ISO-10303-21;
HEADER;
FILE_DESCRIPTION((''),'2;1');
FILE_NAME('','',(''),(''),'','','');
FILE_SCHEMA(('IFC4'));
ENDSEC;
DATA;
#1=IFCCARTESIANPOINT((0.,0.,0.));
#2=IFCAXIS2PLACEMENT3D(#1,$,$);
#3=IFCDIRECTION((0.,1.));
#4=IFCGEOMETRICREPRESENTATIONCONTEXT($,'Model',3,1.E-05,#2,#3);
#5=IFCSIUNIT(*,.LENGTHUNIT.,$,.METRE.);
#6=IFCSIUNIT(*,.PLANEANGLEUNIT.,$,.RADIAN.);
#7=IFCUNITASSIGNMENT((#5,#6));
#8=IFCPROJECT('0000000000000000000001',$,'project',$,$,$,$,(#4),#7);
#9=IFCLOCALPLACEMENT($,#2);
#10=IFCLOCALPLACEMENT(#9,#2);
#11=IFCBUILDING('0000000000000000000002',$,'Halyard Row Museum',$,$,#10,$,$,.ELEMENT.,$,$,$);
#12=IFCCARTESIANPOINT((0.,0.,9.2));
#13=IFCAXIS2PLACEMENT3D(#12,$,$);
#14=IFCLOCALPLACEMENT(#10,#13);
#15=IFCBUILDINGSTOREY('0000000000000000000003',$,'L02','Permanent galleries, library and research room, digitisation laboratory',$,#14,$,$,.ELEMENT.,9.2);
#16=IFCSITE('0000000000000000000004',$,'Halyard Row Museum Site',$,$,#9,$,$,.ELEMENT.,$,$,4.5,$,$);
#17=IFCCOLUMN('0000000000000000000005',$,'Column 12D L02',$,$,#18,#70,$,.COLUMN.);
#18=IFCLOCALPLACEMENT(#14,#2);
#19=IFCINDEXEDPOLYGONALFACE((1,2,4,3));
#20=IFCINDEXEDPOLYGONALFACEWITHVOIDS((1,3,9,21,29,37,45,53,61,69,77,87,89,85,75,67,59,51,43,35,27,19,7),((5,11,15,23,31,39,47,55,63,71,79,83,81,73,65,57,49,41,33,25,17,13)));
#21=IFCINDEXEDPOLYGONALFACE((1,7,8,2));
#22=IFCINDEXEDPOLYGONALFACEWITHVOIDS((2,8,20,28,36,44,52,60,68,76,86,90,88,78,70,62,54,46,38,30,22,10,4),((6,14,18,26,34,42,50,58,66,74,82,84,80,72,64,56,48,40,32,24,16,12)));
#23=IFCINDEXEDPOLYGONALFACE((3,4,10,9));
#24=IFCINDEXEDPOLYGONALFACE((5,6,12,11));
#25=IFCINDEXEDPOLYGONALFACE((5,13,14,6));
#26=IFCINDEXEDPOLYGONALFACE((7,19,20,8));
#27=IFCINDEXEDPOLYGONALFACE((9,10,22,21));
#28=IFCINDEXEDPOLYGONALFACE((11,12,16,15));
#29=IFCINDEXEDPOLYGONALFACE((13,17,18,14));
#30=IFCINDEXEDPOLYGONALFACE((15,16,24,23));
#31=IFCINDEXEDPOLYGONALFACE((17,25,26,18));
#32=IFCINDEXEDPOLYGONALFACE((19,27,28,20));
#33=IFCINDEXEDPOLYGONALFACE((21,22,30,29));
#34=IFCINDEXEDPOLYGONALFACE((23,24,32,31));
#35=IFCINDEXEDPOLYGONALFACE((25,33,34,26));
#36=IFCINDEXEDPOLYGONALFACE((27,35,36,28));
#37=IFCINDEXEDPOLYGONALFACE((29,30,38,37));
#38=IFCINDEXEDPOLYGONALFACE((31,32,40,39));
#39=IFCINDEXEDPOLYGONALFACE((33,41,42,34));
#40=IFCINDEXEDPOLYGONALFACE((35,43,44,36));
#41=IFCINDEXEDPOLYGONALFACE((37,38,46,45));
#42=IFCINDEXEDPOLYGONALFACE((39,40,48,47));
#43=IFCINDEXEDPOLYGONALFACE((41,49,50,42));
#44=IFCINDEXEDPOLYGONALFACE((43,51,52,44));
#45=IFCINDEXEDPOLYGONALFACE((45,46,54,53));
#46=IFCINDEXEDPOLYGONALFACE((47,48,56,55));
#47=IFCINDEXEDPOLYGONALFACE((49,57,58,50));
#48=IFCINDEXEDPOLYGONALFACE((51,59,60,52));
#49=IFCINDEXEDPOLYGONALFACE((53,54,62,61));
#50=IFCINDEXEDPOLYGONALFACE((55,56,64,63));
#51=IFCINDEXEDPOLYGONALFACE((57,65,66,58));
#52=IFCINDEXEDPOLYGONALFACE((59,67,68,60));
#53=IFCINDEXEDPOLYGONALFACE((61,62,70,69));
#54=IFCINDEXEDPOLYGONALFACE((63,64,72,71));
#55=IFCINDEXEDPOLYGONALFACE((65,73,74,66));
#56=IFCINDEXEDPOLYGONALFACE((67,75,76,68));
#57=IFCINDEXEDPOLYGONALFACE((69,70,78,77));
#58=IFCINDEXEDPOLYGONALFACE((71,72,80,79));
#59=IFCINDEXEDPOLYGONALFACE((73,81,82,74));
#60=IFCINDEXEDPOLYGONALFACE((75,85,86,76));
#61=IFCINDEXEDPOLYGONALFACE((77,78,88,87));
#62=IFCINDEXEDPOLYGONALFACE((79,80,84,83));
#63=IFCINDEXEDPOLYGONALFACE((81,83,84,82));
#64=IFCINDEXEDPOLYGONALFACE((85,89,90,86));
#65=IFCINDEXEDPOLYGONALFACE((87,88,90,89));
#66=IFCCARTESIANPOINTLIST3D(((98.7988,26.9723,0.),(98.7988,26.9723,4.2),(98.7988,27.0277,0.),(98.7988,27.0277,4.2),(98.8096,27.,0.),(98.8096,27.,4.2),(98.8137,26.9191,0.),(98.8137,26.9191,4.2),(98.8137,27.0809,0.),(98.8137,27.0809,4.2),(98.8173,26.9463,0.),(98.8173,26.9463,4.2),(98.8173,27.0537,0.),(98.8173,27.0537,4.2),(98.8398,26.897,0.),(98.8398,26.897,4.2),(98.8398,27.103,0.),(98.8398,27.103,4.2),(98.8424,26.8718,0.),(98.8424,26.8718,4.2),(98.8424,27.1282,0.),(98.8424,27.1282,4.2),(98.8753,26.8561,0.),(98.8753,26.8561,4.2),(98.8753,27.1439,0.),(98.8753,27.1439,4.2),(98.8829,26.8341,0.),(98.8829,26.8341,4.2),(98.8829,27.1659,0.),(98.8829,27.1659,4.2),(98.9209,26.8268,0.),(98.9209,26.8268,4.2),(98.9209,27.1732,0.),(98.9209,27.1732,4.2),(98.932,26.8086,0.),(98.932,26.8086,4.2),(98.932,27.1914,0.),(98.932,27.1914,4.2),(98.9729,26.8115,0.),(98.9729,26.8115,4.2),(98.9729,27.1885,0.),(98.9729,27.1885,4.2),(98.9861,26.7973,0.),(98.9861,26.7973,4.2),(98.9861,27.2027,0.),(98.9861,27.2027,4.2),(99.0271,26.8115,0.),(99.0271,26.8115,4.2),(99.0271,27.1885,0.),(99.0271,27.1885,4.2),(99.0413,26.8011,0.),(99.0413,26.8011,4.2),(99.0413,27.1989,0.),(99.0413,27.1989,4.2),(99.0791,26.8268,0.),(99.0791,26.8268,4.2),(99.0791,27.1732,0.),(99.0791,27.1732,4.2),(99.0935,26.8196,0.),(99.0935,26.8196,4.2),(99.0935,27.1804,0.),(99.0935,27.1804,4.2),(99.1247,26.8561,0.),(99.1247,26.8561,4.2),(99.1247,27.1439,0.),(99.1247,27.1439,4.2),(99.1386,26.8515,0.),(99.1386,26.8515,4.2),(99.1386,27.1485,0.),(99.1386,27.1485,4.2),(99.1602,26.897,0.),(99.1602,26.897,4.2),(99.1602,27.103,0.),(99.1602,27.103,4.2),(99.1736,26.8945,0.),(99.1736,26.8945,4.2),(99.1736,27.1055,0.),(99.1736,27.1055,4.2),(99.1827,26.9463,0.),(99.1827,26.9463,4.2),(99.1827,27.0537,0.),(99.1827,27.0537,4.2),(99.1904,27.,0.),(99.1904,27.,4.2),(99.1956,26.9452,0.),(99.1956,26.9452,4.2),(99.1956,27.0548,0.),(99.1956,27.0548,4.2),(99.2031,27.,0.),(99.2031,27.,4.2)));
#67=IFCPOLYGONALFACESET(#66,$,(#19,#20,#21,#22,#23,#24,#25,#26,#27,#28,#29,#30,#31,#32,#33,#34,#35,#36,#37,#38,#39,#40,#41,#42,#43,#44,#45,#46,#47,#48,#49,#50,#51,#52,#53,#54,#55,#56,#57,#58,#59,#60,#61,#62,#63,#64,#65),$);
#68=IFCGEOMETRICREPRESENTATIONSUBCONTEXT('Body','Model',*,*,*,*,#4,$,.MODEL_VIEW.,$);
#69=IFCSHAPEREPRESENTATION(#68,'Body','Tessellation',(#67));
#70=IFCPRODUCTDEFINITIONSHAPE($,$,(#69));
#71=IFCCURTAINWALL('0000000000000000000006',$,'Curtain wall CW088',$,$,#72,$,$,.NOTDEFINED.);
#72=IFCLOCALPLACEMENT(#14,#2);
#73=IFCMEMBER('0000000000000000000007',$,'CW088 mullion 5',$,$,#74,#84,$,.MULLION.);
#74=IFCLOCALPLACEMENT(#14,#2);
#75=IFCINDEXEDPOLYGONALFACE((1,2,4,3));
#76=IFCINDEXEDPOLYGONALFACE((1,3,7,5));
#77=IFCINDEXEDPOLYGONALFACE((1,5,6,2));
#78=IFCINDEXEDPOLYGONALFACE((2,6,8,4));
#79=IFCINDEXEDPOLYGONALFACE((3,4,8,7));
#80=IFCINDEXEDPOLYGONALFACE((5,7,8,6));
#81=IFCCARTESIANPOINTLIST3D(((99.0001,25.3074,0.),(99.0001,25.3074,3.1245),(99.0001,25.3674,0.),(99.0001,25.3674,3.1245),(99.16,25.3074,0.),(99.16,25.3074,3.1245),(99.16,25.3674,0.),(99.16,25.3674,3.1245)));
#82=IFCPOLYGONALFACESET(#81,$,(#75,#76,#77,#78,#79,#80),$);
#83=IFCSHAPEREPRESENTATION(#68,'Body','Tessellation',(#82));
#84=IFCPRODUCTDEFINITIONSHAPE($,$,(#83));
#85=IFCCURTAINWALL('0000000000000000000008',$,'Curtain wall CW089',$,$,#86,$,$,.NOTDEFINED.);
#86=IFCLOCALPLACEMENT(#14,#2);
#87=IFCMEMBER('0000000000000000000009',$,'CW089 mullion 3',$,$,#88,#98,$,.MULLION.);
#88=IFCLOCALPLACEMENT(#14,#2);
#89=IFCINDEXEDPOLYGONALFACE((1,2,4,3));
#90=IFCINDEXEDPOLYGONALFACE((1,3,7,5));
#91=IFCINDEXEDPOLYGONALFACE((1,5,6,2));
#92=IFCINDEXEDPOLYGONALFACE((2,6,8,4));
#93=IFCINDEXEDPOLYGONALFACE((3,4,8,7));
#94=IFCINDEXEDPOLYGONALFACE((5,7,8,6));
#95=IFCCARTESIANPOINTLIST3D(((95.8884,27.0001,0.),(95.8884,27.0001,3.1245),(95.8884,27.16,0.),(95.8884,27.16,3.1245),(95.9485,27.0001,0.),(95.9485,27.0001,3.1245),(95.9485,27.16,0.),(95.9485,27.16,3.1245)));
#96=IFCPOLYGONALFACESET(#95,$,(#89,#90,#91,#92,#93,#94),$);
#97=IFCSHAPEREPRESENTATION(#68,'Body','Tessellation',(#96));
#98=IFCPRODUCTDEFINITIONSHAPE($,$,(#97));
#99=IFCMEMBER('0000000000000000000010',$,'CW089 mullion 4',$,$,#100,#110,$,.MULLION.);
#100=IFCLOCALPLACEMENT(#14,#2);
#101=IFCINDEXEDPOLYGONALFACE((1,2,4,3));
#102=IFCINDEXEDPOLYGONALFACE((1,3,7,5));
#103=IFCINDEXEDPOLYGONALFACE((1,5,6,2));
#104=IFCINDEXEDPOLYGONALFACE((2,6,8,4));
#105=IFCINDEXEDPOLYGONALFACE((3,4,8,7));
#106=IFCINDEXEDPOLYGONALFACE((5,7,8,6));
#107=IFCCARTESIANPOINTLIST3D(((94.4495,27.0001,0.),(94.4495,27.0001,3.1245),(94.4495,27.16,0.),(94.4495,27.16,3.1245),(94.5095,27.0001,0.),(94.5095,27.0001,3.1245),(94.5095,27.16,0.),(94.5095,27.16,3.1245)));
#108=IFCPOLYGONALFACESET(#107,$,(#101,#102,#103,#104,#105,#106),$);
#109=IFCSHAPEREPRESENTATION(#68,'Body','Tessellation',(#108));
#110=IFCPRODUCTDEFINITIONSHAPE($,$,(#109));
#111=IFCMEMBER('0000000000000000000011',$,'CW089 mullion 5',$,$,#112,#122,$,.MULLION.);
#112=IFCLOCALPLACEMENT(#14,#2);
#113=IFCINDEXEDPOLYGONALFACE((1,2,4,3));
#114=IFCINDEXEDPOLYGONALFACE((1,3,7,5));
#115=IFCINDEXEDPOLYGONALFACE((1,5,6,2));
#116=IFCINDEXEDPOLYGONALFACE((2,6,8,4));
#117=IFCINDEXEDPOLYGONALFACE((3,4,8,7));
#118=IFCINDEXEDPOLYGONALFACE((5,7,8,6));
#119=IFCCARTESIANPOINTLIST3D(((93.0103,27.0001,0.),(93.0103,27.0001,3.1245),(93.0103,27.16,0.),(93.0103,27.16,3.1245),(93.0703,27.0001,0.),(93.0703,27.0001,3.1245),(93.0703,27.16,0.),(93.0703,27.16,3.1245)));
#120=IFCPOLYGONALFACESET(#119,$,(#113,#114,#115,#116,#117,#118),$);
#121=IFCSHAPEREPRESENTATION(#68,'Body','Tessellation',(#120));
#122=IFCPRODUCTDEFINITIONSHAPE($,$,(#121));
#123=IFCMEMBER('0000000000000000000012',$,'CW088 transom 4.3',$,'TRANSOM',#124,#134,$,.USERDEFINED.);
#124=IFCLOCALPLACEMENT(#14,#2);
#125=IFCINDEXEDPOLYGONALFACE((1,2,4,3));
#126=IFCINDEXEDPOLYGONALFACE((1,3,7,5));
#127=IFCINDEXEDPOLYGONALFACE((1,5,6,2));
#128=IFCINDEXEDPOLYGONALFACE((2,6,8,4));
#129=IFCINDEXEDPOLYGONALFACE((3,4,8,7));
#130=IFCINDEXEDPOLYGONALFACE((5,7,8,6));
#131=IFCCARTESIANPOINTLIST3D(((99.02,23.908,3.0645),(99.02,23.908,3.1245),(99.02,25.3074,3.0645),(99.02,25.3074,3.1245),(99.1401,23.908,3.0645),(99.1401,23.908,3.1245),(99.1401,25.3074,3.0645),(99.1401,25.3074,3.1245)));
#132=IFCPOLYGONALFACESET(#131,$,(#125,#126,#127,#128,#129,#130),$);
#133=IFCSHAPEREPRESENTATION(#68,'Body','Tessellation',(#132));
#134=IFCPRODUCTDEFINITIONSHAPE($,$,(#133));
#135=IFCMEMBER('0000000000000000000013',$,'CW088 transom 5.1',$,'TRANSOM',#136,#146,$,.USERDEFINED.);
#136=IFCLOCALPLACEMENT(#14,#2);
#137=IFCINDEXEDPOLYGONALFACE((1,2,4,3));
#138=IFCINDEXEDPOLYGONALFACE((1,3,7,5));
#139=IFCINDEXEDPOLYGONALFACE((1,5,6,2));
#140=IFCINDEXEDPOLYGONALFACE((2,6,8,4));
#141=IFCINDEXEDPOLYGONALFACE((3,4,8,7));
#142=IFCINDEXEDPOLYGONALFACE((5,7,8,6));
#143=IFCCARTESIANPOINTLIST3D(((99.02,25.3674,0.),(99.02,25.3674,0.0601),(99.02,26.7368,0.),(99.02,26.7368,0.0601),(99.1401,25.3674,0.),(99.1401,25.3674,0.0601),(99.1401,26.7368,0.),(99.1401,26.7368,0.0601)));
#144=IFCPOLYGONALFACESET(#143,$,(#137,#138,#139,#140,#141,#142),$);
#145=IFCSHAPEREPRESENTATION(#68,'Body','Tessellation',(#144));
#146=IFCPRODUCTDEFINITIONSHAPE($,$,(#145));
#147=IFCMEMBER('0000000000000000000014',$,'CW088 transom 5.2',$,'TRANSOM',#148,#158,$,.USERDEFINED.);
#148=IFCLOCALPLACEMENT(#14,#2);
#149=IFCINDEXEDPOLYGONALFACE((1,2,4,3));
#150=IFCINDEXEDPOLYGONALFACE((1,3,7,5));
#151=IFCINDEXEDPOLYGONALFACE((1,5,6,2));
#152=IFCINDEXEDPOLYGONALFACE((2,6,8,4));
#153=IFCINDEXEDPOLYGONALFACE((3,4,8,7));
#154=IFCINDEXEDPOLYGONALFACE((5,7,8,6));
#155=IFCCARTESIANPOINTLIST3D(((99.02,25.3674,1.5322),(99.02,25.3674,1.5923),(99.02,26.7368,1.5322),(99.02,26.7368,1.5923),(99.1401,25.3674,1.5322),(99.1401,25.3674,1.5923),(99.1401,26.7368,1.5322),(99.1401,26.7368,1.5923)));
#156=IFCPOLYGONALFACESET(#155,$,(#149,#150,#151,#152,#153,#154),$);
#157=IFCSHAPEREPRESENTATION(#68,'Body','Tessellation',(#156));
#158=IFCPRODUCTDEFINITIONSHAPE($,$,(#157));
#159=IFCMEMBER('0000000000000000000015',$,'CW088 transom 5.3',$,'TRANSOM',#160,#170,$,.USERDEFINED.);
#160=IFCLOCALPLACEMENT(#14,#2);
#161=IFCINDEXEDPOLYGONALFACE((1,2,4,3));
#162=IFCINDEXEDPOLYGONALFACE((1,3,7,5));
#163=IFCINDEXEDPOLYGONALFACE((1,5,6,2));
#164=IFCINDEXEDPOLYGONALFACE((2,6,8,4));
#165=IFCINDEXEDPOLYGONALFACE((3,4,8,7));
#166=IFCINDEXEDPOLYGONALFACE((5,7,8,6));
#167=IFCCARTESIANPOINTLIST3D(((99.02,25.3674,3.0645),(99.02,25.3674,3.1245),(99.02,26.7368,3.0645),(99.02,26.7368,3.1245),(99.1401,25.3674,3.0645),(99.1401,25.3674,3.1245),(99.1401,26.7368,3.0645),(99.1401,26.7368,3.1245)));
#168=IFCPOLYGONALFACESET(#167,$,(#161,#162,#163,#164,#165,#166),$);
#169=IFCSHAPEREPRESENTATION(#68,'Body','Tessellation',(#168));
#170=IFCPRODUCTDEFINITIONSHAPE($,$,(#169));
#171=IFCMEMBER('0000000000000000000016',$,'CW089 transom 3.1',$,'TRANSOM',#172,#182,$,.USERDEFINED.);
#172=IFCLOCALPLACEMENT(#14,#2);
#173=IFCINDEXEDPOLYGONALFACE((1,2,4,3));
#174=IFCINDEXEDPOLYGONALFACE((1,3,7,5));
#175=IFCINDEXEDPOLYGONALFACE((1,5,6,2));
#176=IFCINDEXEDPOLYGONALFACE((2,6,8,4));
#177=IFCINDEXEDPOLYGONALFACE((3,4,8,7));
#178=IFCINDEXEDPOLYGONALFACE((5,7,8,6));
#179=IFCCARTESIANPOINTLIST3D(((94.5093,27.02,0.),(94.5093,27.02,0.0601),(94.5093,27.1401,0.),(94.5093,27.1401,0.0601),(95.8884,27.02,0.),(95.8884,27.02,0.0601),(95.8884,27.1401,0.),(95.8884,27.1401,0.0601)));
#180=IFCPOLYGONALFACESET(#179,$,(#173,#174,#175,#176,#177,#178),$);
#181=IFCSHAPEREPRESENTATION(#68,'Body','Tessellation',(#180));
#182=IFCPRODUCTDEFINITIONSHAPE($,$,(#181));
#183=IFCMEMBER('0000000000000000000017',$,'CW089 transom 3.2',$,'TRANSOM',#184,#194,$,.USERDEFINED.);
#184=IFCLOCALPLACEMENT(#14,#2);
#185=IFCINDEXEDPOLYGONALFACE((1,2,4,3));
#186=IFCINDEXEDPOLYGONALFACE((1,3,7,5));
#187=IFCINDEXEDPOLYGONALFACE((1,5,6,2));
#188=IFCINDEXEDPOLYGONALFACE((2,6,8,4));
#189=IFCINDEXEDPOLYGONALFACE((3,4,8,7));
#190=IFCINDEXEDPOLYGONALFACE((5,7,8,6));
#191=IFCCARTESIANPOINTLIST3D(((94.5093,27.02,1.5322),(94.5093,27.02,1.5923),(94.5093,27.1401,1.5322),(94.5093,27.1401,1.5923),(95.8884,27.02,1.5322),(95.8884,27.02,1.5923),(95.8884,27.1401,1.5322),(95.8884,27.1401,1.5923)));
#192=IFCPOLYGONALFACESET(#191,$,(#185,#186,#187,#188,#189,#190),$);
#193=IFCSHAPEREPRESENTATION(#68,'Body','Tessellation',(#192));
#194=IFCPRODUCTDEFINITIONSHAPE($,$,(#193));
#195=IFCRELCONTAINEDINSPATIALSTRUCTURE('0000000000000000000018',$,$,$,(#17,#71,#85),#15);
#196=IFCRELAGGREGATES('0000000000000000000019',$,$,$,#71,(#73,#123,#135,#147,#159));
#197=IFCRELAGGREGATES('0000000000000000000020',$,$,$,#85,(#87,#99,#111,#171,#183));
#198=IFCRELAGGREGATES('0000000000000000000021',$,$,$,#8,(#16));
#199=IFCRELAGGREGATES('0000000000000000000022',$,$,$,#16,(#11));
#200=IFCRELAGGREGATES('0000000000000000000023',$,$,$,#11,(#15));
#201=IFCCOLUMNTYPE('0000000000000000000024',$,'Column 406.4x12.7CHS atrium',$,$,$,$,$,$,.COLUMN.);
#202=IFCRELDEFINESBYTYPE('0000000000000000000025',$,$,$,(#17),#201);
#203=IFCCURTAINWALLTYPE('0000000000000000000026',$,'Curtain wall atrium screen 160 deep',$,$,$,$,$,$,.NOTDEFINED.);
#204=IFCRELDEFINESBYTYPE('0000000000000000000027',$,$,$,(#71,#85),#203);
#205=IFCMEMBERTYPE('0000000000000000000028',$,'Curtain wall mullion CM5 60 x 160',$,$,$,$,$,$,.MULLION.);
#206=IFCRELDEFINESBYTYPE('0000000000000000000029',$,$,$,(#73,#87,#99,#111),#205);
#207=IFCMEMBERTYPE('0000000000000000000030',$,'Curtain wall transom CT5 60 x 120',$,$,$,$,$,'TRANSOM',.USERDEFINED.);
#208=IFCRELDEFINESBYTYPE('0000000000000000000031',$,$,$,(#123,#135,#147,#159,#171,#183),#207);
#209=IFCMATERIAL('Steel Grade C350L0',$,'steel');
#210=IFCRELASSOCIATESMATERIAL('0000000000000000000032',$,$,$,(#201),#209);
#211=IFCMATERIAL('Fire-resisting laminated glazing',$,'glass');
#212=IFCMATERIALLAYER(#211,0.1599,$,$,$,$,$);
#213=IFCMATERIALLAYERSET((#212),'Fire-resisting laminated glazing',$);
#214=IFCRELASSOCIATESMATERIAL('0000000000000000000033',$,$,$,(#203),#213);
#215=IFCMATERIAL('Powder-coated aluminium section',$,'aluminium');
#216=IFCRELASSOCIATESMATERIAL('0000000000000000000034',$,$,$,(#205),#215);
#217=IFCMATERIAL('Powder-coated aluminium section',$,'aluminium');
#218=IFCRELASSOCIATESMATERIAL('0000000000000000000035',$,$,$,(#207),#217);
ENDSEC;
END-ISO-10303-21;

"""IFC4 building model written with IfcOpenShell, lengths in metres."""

from ifc_helpers import new_model, si_unit, direction, frame, origin, origin_2d, place, context, subcontext, project, spatial, rectangle, hollow_circle, extrude, material, layer, layer_set, material_profile, profile_set, type_object, element, aggregate, save


model = new_model("IFC4")

# Units and contexts
model_context = context("Model", 3, precision=1e-05, world=origin(), true_north=direction((0.0, 1.0)))
body_context = subcontext(model_context, "Body", "Model", "MODEL_VIEW")
ifc_project = project(units=[si_unit("LENGTHUNIT", "METRE"), si_unit("PLANEANGLEUNIT", "RADIAN")], contexts=[model_context])

# Site, building, storey
site_placement = place(None, origin())
site = spatial("IfcSite", under=ifc_project, at=site_placement, Name="Halyard Row Museum Site", CompositionType="ELEMENT", RefElevation=4.5)
building_placement = place(site_placement, origin())
building = spatial("IfcBuilding", under=site, at=building_placement, Name="Halyard Row Museum", CompositionType="ELEMENT")
storey_placement = place(building_placement, frame((0.0, 0.0, 9.2)))
storey = spatial("IfcBuildingStorey", under=building, at=storey_placement, Name="L02", Description="Permanent galleries, library and research room, digitisation laboratory", CompositionType="ELEMENT", Elevation=9.2)

# Column
ifc_material_1 = material(Name="Steel Grade C350L0", Category="steel")
ifc_material_profile_1 = material_profile(ifc_material_1, hollow_circle(Radius=0.2031, WallThickness=0.0127, at=origin_2d()), Name="406.4x12.7CHS")
ifc_profile_set_1 = profile_set([ifc_material_profile_1], Name="Steel Grade C350L0")
column_type = type_object("IfcColumnType", Name="Column 406.4x12.7CHS atrium", PredefinedType="COLUMN", material=ifc_profile_set_1)
column_placement = place(storey_placement, frame((99.0, 27.0, 0.0), z_axis=(0.0, 0.0, 1.0), x_axis=(1.0, 0.0, 0.0)))
element("IfcColumn", 1, at=column_placement, inside=storey, type_object=column_type, Name="Column 12D L02", PredefinedType="COLUMN", context=body_context, shape_type="SweptSolid", body=[
    extrude(hollow_circle(Radius=0.2031, WallThickness=0.0127, at=origin_2d()), origin(), (0.0, 0.0, 1.0), 4.2),
])

# Curtain wall, member
ifc_material_2 = material(Name="Fire-resisting laminated glazing", Category="glass")
ifc_layer_1 = layer(ifc_material_2, 0.1599)
ifc_layer_set_1 = layer_set([ifc_layer_1], Name="Fire-resisting laminated glazing")
curtain_wall_type = type_object("IfcCurtainWallType", Name="Curtain wall atrium screen 160 deep", PredefinedType="NOTDEFINED", material=ifc_layer_set_1)
curtain_wall_1_placement = place(storey_placement, origin())
curtain_wall_1 = element("IfcCurtainWall", 2, at=curtain_wall_1_placement, inside=storey, type_object=curtain_wall_type, Name="Curtain wall CW088", PredefinedType="NOTDEFINED")
ifc_material_3 = material(Name="Powder-coated aluminium section", Category="aluminium")
ifc_material_profile_2 = material_profile(ifc_material_3, rectangle(XDim=0.1599, YDim=0.0601, at=origin_2d()), Name="160x60 mullion")
ifc_profile_set_2 = profile_set([ifc_material_profile_2], Name="Powder-coated aluminium section")
member_type_1 = type_object("IfcMemberType", Name="Curtain wall mullion CM5 60 x 160", PredefinedType="MULLION", material=ifc_profile_set_2)
member_1_placement = place(storey_placement, frame((99.0801, 25.3374, 0.0), z_axis=(0.0, 0.0, 1.0), x_axis=(-1.0, 0.0, 0.0)))
member_1 = element("IfcMember", 3, at=member_1_placement, type_object=member_type_1, Name="CW088 mullion 5", PredefinedType="MULLION", context=body_context, shape_type="SweptSolid", body=[
    extrude(rectangle(XDim=0.1599, YDim=0.0601, at=origin_2d()), origin(), (0.0, 0.0, 1.0), 3.1245),
])

# Curtain wall, members
curtain_wall_2_placement = place(storey_placement, origin())
curtain_wall_2 = element("IfcCurtainWall", 4, at=curtain_wall_2_placement, inside=storey, type_object=curtain_wall_type, Name="Curtain wall CW089", PredefinedType="NOTDEFINED")
member_2_placement = place(storey_placement, frame((95.9185, 27.0801, 0.0), z_axis=(0.0, 0.0, 1.0), x_axis=(0.0, -1.0, 0.0)))
member_2 = element("IfcMember", 5, at=member_2_placement, type_object=member_type_1, Name="CW089 mullion 3", PredefinedType="MULLION", context=body_context, shape_type="SweptSolid", body=[
    extrude(rectangle(XDim=0.1599, YDim=0.0601, at=origin_2d()), origin(), (0.0, 0.0, 1.0), 3.1245),
])
member_3_placement = place(storey_placement, frame((94.4795, 27.0801, 0.0), z_axis=(0.0, 0.0, 1.0), x_axis=(0.0, -1.0, 0.0)))
member_3 = element("IfcMember", 6, at=member_3_placement, type_object=member_type_1, Name="CW089 mullion 4", PredefinedType="MULLION", context=body_context, shape_type="SweptSolid", body=[
    extrude(rectangle(XDim=0.1599, YDim=0.0601, at=origin_2d()), origin(), (0.0, 0.0, 1.0), 3.1245),
])
member_4_placement = place(storey_placement, frame((93.0403, 27.0801, 0.0), z_axis=(0.0, 0.0, 1.0), x_axis=(0.0, -1.0, 0.0)))
member_4 = element("IfcMember", 7, at=member_4_placement, type_object=member_type_1, Name="CW089 mullion 5", PredefinedType="MULLION", context=body_context, shape_type="SweptSolid", body=[
    extrude(rectangle(XDim=0.1599, YDim=0.0601, at=origin_2d()), origin(), (0.0, 0.0, 1.0), 3.1245),
])

# Members
ifc_material_4 = material(Name="Powder-coated aluminium section", Category="aluminium")
ifc_material_profile_3 = material_profile(ifc_material_4, rectangle(XDim=0.1201, YDim=0.0601, at=origin_2d()), Name="120x60 transom")
ifc_profile_set_3 = profile_set([ifc_material_profile_3], Name="Powder-coated aluminium section")
member_type_2 = type_object("IfcMemberType", Name="Curtain wall transom CT5 60 x 120", ElementType="TRANSOM", PredefinedType="USERDEFINED", material=ifc_profile_set_3)
member_5_placement = place(storey_placement, frame((99.0801, 23.908, 3.0945), z_axis=(0.0, 1.0, 0.0), x_axis=(-1.0, 0.0, 0.0)))
member_5 = element("IfcMember", 8, at=member_5_placement, type_object=member_type_2, Name="CW088 transom 4.3", ObjectType="TRANSOM", PredefinedType="USERDEFINED", context=body_context, shape_type="SweptSolid", body=[
    extrude(rectangle(XDim=0.1201, YDim=0.0601, at=origin_2d()), origin(), (0.0, 0.0, 1.0), 1.3994),
])
member_6_placement = place(storey_placement, frame((99.0801, 25.3674, 0.03), z_axis=(0.0, 1.0, 0.0), x_axis=(-1.0, 0.0, 0.0)))
member_6 = element("IfcMember", 9, at=member_6_placement, type_object=member_type_2, Name="CW088 transom 5.1", ObjectType="TRANSOM", PredefinedType="USERDEFINED", context=body_context, shape_type="SweptSolid", body=[
    extrude(rectangle(XDim=0.1201, YDim=0.0601, at=origin_2d()), origin(), (0.0, 0.0, 1.0), 1.3694),
])
member_7_placement = place(storey_placement, frame((99.0801, 25.3674, 1.5623), z_axis=(0.0, 1.0, 0.0), x_axis=(-1.0, 0.0, 0.0)))
member_7 = element("IfcMember", 10, at=member_7_placement, type_object=member_type_2, Name="CW088 transom 5.2", ObjectType="TRANSOM", PredefinedType="USERDEFINED", context=body_context, shape_type="SweptSolid", body=[
    extrude(rectangle(XDim=0.1201, YDim=0.0601, at=origin_2d()), origin(), (0.0, 0.0, 1.0), 1.3694),
])
member_8_placement = place(storey_placement, frame((99.0801, 25.3674, 3.0945), z_axis=(0.0, 1.0, 0.0), x_axis=(-1.0, 0.0, 0.0)))
member_8 = element("IfcMember", 11, at=member_8_placement, type_object=member_type_2, Name="CW088 transom 5.3", ObjectType="TRANSOM", PredefinedType="USERDEFINED", context=body_context, shape_type="SweptSolid", body=[
    extrude(rectangle(XDim=0.1201, YDim=0.0601, at=origin_2d()), origin(), (0.0, 0.0, 1.0), 1.3694),
])
member_9_placement = place(storey_placement, frame((95.8884, 27.0801, 0.03), z_axis=(-1.0, 0.0, 0.0), x_axis=(0.0, -1.0, 0.0)))
member_9 = element("IfcMember", 12, at=member_9_placement, type_object=member_type_2, Name="CW089 transom 3.1", ObjectType="TRANSOM", PredefinedType="USERDEFINED", context=body_context, shape_type="SweptSolid", body=[
    extrude(rectangle(XDim=0.1201, YDim=0.0601, at=origin_2d()), origin(), (0.0, 0.0, 1.0), 1.3792),
])
member_10_placement = place(storey_placement, frame((95.8884, 27.0801, 1.5623), z_axis=(-1.0, 0.0, 0.0), x_axis=(0.0, -1.0, 0.0)))
member_10 = element("IfcMember", 13, at=member_10_placement, type_object=member_type_2, Name="CW089 transom 3.2", ObjectType="TRANSOM", PredefinedType="USERDEFINED", context=body_context, shape_type="SweptSolid", body=[
    extrude(rectangle(XDim=0.1201, YDim=0.0601, at=origin_2d()), origin(), (0.0, 0.0, 1.0), 1.3792),
])

aggregate(curtain_wall_1, [member_1, member_5, member_6, member_7, member_8])
aggregate(curtain_wall_2, [member_2, member_3, member_4, member_9, member_10])

save(model, "model.ifc")
